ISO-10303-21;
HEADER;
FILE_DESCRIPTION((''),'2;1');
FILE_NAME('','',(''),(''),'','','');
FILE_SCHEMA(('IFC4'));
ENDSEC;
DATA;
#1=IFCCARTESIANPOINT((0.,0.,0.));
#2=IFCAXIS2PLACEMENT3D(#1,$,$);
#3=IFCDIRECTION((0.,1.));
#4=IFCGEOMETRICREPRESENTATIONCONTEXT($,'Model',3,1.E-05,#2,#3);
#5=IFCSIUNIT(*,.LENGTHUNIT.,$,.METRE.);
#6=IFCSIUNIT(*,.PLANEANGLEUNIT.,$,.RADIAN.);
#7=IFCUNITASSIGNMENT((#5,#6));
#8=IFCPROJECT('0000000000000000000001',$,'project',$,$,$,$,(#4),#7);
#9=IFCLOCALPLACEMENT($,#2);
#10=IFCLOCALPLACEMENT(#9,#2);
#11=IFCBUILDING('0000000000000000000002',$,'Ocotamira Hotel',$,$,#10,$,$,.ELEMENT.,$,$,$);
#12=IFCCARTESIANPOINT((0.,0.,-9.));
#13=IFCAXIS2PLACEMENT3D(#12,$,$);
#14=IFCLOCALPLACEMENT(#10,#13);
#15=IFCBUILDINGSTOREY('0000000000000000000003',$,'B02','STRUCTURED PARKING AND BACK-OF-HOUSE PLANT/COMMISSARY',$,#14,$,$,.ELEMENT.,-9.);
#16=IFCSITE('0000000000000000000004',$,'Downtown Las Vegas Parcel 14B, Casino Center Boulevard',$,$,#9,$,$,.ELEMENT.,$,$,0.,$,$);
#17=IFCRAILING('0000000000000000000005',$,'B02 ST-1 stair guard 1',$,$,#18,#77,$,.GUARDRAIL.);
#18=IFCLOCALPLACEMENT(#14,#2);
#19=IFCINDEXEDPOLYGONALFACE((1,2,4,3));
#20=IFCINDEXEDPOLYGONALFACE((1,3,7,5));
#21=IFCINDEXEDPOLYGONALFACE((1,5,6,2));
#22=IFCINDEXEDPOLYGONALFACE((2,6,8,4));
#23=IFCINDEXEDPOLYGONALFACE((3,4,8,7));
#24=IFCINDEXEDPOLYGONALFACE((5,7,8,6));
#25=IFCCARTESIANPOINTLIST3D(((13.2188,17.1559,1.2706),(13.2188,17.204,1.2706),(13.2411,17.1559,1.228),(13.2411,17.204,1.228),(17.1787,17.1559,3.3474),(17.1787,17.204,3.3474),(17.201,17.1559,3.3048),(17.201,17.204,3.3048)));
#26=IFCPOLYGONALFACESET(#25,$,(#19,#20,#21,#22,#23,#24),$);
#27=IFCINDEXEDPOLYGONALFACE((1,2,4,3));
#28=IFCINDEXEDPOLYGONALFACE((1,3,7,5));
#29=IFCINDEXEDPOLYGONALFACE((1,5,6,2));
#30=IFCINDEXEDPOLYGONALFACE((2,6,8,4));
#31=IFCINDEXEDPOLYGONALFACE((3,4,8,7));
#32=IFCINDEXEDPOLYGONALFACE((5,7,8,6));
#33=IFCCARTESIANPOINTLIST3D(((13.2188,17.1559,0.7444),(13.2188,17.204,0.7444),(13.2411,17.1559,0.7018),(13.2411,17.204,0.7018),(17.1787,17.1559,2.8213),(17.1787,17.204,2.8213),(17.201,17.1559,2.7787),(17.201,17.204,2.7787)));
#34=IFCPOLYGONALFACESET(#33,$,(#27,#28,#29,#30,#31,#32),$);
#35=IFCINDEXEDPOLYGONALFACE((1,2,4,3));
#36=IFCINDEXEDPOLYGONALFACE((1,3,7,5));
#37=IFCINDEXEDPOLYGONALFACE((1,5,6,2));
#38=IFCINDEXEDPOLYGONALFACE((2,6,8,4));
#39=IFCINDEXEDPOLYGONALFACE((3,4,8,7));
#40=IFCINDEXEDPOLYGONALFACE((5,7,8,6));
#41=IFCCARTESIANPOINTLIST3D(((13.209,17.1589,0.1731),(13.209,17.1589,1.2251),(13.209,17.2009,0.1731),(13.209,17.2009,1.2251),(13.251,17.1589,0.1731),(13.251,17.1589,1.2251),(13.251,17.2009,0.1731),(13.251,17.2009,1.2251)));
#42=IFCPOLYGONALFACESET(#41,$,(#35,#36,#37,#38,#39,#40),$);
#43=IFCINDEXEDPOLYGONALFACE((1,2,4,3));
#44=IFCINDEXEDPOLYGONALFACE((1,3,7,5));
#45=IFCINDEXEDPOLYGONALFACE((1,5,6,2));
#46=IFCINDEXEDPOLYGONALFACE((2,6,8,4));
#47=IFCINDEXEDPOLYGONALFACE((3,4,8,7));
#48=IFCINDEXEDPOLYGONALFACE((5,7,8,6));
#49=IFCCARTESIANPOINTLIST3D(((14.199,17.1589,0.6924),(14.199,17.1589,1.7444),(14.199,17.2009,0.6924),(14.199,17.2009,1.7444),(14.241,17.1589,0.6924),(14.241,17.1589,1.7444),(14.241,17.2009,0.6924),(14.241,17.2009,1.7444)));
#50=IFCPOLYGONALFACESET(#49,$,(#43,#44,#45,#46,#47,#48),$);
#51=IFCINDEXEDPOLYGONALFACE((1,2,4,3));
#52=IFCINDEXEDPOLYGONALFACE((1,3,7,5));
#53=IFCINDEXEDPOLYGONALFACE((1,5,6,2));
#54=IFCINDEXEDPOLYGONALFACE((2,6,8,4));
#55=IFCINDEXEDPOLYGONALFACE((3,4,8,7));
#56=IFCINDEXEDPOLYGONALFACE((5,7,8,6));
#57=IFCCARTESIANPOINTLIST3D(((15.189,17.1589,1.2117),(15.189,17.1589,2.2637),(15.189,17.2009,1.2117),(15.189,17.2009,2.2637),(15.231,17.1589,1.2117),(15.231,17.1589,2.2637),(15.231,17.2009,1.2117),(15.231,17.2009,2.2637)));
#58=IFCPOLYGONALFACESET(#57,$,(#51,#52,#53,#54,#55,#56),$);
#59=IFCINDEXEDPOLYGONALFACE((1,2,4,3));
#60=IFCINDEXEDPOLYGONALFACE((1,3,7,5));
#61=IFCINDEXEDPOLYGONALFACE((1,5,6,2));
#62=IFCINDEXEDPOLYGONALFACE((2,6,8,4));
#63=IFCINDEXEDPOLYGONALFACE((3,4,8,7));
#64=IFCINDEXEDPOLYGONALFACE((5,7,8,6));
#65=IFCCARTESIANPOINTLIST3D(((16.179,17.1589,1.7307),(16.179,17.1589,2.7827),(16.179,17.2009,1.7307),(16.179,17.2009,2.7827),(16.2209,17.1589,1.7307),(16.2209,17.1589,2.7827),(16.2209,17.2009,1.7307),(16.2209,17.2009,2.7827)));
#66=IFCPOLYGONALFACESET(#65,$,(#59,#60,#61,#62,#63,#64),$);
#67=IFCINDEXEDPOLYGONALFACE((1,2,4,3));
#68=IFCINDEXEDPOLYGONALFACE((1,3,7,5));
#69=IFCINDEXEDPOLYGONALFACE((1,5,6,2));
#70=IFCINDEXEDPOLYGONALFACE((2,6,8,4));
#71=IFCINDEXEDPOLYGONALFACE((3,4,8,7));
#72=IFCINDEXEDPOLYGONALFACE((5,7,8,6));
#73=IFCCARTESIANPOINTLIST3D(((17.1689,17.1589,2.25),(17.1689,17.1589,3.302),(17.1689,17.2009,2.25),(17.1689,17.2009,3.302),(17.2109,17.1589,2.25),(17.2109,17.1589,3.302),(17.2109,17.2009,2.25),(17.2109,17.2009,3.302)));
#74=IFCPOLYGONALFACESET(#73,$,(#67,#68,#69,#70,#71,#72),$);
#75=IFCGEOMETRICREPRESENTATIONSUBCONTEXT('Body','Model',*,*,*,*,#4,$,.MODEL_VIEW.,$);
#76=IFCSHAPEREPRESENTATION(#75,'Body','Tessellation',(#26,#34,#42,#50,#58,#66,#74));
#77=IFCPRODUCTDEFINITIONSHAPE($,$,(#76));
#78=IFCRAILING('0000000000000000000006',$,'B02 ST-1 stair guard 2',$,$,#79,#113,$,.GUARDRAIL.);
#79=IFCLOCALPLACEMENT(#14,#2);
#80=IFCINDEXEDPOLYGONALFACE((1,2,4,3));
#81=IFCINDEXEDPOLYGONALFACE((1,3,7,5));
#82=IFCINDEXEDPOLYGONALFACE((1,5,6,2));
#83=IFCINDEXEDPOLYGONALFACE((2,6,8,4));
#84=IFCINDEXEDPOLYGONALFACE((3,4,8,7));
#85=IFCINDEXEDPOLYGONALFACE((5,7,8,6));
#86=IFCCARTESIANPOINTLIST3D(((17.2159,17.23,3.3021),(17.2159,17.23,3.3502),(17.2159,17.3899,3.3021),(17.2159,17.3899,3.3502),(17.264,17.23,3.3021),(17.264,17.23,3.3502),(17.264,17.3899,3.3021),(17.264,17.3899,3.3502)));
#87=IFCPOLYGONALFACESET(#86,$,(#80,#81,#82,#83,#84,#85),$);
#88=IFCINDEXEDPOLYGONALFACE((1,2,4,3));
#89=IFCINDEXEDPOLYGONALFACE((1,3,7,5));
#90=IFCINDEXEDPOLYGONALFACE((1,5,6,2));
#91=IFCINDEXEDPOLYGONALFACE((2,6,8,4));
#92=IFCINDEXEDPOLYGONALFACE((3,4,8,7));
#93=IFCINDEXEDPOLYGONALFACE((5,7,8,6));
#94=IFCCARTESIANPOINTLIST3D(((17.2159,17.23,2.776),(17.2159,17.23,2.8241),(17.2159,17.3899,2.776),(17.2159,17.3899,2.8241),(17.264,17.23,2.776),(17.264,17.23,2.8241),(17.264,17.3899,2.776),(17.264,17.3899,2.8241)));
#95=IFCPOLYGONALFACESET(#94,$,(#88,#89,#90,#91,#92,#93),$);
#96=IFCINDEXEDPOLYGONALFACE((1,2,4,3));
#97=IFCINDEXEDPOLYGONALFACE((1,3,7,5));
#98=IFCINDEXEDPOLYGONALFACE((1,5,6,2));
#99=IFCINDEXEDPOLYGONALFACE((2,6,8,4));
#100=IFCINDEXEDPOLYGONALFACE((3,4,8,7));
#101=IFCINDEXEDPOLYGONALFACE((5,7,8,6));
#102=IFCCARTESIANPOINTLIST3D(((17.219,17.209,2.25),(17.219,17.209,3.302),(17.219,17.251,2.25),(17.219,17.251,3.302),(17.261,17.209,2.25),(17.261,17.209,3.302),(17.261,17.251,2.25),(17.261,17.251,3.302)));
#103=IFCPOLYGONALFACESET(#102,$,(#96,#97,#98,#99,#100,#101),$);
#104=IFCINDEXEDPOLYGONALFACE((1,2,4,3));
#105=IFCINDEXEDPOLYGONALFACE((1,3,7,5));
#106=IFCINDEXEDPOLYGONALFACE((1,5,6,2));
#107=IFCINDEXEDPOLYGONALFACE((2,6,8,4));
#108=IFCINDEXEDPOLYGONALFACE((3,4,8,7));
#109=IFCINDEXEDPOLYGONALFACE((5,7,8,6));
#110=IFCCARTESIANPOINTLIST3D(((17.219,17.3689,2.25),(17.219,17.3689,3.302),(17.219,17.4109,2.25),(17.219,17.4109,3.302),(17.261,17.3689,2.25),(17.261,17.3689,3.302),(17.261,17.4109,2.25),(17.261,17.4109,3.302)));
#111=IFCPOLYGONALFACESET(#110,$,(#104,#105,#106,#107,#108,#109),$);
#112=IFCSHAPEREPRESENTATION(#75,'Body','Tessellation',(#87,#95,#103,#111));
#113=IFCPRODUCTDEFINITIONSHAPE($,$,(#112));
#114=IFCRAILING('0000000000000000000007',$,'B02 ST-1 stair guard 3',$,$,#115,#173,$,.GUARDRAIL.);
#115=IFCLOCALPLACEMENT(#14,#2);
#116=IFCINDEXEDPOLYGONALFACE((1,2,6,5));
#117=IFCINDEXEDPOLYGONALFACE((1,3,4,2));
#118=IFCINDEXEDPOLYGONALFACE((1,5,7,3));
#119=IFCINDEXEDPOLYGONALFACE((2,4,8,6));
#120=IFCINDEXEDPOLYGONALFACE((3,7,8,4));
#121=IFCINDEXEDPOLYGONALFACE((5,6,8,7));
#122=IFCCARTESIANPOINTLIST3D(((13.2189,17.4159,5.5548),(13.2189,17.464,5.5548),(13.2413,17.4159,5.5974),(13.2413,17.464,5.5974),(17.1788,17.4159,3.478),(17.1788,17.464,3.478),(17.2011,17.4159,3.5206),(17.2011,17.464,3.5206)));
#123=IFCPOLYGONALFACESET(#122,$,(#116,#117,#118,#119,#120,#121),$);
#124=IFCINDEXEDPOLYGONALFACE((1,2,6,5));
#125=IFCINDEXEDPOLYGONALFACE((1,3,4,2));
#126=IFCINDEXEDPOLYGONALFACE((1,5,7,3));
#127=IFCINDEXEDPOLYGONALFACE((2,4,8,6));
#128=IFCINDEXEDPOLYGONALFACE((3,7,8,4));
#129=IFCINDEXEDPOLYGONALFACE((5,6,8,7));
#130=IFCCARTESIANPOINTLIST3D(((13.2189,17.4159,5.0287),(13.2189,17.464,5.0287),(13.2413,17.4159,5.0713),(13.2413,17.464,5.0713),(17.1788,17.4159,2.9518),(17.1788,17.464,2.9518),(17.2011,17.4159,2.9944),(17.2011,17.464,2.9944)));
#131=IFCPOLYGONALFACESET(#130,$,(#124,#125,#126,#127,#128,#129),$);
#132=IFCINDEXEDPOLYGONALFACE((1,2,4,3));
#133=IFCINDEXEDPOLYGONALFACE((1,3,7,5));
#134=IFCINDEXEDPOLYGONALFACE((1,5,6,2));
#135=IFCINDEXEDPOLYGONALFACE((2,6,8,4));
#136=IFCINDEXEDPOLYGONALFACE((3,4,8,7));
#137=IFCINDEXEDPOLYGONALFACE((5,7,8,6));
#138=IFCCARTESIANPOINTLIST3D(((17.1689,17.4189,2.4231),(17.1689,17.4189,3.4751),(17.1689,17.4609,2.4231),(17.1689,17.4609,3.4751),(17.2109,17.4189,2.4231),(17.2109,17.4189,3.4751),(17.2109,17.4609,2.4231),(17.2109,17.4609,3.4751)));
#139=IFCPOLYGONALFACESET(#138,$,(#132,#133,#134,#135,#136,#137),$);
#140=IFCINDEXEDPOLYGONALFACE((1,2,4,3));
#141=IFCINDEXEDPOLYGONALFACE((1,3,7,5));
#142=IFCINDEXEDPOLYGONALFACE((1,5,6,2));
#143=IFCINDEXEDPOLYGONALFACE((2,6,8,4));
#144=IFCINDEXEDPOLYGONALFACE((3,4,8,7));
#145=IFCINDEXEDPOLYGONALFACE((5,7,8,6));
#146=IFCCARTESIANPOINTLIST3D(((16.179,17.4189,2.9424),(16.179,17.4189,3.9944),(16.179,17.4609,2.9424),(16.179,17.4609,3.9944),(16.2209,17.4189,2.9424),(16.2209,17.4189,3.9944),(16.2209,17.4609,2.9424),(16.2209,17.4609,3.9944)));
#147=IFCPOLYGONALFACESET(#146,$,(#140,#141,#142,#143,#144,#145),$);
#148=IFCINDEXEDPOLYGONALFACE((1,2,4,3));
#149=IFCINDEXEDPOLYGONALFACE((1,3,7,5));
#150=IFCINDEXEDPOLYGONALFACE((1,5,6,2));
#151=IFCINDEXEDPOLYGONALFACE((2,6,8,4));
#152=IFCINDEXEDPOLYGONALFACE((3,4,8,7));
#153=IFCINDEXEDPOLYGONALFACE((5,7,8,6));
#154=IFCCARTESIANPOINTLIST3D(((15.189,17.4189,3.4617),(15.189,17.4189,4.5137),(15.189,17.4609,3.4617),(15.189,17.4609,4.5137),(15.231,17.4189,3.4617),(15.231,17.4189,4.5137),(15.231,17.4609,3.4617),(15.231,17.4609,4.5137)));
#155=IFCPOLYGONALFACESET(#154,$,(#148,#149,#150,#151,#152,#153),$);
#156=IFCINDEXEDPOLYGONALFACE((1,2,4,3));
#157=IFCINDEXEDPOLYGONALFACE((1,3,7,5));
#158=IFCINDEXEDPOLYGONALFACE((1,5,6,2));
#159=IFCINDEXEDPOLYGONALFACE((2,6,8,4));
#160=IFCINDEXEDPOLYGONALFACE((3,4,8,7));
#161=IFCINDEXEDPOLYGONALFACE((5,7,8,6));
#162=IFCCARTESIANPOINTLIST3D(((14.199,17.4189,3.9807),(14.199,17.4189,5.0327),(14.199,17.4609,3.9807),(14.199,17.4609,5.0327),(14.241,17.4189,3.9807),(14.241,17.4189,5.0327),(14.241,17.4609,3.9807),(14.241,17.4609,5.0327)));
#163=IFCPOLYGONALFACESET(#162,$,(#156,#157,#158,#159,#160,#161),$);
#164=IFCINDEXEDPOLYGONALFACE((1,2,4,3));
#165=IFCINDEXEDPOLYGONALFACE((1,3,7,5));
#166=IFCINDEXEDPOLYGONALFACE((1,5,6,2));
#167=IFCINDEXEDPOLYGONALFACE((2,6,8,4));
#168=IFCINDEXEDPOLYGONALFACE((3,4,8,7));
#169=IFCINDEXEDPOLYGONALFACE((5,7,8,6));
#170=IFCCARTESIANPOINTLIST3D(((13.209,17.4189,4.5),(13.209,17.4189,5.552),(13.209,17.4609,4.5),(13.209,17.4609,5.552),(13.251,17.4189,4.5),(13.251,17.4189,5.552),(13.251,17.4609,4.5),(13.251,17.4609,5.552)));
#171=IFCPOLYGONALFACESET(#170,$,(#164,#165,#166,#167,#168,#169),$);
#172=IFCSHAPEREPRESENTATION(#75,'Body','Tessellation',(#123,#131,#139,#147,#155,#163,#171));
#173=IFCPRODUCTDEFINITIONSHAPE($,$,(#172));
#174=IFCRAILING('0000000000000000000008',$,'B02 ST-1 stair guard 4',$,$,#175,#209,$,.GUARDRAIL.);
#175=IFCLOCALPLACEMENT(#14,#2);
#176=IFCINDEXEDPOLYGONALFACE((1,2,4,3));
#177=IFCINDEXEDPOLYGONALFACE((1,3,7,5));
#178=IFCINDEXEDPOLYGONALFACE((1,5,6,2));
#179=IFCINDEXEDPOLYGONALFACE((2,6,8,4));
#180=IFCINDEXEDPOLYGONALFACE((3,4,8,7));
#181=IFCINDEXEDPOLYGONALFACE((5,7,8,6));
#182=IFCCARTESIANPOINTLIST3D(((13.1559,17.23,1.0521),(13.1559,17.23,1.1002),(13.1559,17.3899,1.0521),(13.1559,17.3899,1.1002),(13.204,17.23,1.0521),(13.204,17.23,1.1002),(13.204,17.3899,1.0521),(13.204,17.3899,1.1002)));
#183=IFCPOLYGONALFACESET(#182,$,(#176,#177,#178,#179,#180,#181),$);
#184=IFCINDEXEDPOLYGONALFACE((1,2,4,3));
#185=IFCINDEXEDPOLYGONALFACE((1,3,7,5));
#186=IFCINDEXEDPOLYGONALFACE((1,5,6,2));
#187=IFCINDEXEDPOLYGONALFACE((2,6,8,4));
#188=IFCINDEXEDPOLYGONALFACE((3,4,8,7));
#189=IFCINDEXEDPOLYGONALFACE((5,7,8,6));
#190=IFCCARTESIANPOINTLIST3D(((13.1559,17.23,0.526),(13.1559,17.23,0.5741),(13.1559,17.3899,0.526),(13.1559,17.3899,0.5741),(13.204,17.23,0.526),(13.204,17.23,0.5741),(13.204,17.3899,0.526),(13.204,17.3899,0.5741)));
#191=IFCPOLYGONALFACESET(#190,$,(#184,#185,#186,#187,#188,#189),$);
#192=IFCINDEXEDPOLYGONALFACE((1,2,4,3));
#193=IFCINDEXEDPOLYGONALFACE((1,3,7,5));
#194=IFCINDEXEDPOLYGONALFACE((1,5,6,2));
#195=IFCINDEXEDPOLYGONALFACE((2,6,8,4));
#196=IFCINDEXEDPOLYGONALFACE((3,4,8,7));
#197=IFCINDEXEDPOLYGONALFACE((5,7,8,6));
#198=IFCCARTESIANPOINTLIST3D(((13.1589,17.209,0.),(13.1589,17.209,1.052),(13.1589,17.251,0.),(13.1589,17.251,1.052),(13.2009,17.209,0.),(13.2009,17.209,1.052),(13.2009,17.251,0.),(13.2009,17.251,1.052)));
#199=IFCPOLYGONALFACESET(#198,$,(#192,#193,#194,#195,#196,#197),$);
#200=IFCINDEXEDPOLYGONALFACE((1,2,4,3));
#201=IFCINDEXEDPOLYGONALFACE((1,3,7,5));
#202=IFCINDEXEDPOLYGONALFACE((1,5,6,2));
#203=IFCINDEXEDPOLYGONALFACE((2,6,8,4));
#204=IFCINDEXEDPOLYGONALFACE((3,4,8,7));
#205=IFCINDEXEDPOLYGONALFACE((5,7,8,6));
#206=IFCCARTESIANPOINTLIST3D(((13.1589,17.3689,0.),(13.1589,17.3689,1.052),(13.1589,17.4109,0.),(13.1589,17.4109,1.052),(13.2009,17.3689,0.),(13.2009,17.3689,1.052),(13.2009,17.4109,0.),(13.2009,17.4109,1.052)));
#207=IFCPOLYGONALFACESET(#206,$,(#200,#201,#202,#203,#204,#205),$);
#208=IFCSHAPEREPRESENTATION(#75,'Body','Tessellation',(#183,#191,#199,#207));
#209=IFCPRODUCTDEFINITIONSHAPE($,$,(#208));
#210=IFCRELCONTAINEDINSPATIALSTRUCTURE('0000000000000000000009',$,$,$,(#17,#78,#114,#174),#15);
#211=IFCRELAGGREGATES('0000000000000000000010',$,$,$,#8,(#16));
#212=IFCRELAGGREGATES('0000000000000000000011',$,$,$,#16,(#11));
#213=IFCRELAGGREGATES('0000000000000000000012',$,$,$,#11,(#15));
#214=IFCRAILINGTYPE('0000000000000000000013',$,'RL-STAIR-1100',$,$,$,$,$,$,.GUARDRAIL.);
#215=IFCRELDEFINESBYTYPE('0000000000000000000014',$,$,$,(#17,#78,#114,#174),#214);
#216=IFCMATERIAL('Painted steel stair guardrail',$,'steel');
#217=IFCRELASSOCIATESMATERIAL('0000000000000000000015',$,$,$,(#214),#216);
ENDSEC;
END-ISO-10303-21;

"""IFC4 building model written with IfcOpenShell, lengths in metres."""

from ifc_helpers import new_model, si_unit, direction, frame, origin, origin_2d, place, context, subcontext, project, spatial, rectangle, extrude, material, type_object, element, save


model = new_model("IFC4")

# Units and contexts
model_context = context("Model", 3, precision=1e-05, world=origin(), true_north=direction((0.0, 1.0)))
body_context = subcontext(model_context, "Body", "Model", "MODEL_VIEW")
ifc_project = project(units=[si_unit("LENGTHUNIT", "METRE"), si_unit("PLANEANGLEUNIT", "RADIAN")], contexts=[model_context])

# Site, building, storey
site_placement = place(None, origin())
site = spatial("IfcSite", under=ifc_project, at=site_placement, Name="Downtown Las Vegas Parcel 14B, Casino Center Boulevard", CompositionType="ELEMENT", RefElevation=0.0)
building_placement = place(site_placement, origin())
building = spatial("IfcBuilding", under=site, at=building_placement, Name="Ocotamira Hotel", CompositionType="ELEMENT")
storey_placement = place(building_placement, frame((0.0, 0.0, -9.0)))
storey = spatial("IfcBuildingStorey", under=building, at=storey_placement, Name="B02", Description="STRUCTURED PARKING AND BACK-OF-HOUSE PLANT/COMMISSARY", CompositionType="ELEMENT", Elevation=-9.0)

# Railings
ifc_material_1 = material(Name="Painted steel stair guardrail", Category="steel")
railing_type_1 = type_object("IfcRailingType", Name="RL-STAIR-1100", PredefinedType="GUARDRAIL", material=ifc_material_1)
railing_1_placement = place(storey_placement, frame((13.23, 17.1799, 0.1731)))
element("IfcRailing", 1, at=railing_1_placement, inside=storey, type_object=railing_type_1, Name="B02 ST-1 stair guard 1", PredefinedType="GUARDRAIL", context=body_context, shape_type="SweptSolid", body=[
    extrude(rectangle(XDim=0.0481, YDim=0.0481, at=origin_2d()), frame((0.0, 0.0, 1.0762), z_axis=(0.885589, 0.0, 0.46447), x_axis=(0.0, 1.0, 0.0)), (0.0, 0.0, 1.0), 4.4714),
    extrude(rectangle(XDim=0.0481, YDim=0.0481, at=origin_2d()), frame((0.0, 0.0, 0.55), z_axis=(0.885589, 0.0, 0.46447), x_axis=(0.0, 1.0, 0.0)), (0.0, 0.0, 1.0), 4.4714),
    extrude(rectangle(XDim=0.042, YDim=0.042, at=origin_2d()), origin(), (0.0, 0.0, 1.0), 1.052),
    extrude(rectangle(XDim=0.042, YDim=0.042, at=origin_2d()), frame((0.99, 0.0, 0.5193)), (0.0, 0.0, 1.0), 1.052),
    extrude(rectangle(XDim=0.042, YDim=0.042, at=origin_2d()), frame((1.98, 0.0, 1.0386)), (0.0, 0.0, 1.0), 1.052),
    extrude(rectangle(XDim=0.042, YDim=0.042, at=origin_2d()), frame((2.97, 0.0, 1.5576)), (0.0, 0.0, 1.0), 1.052),
    extrude(rectangle(XDim=0.042, YDim=0.042, at=origin_2d()), frame((3.96, 0.0, 2.0769)), (0.0, 0.0, 1.0), 1.052),
])
railing_2_placement = place(storey_placement, frame((17.24, 17.23, 2.25)))
element("IfcRailing", 2, at=railing_2_placement, inside=storey, type_object=railing_type_1, Name="B02 ST-1 stair guard 2", PredefinedType="GUARDRAIL", context=body_context, shape_type="SweptSolid", body=[
    extrude(rectangle(XDim=0.0481, YDim=0.0481, at=origin_2d()), frame((0.0, 0.0, 1.0762), z_axis=(0.0, 1.0, 0.0), x_axis=(-1.0, 0.0, 0.0)), (0.0, 0.0, 1.0), 0.1599),
    extrude(rectangle(XDim=0.0481, YDim=0.0481, at=origin_2d()), frame((0.0, 0.0, 0.55), z_axis=(0.0, 1.0, 0.0), x_axis=(-1.0, 0.0, 0.0)), (0.0, 0.0, 1.0), 0.1599),
    extrude(rectangle(XDim=0.042, YDim=0.042, at=origin_2d()), origin(), (0.0, 0.0, 1.0), 1.052),
    extrude(rectangle(XDim=0.042, YDim=0.042, at=origin_2d()), frame((0.0, 0.1599, 0.0)), (0.0, 0.0, 1.0), 1.052),
])
railing_3_placement = place(storey_placement, frame((17.1899, 17.4399, 2.4231)))
element("IfcRailing", 3, at=railing_3_placement, inside=storey, type_object=railing_type_1, Name="B02 ST-1 stair guard 3", PredefinedType="GUARDRAIL", context=body_context, shape_type="SweptSolid", body=[
    extrude(rectangle(XDim=0.0481, YDim=0.0481, at=origin_2d()), frame((0.0, 0.0, 1.0762), z_axis=(-0.885589, 0.0, 0.46447), x_axis=(0.0, -1.0, 0.0)), (0.0, 0.0, 1.0), 4.4714),
    extrude(rectangle(XDim=0.0481, YDim=0.0481, at=origin_2d()), frame((0.0, 0.0, 0.55), z_axis=(-0.885589, 0.0, 0.46447), x_axis=(0.0, -1.0, 0.0)), (0.0, 0.0, 1.0), 4.4714),
    extrude(rectangle(XDim=0.042, YDim=0.042, at=origin_2d()), origin(), (0.0, 0.0, 1.0), 1.052),
    extrude(rectangle(XDim=0.042, YDim=0.042, at=origin_2d()), frame((-0.99, 0.0, 0.5193)), (0.0, 0.0, 1.0), 1.052),
    extrude(rectangle(XDim=0.042, YDim=0.042, at=origin_2d()), frame((-1.98, 0.0, 1.0386)), (0.0, 0.0, 1.0), 1.052),
    extrude(rectangle(XDim=0.042, YDim=0.042, at=origin_2d()), frame((-2.97, 0.0, 1.5576)), (0.0, 0.0, 1.0), 1.052),
    extrude(rectangle(XDim=0.042, YDim=0.042, at=origin_2d()), frame((-3.96, 0.0, 2.0769)), (0.0, 0.0, 1.0), 1.052),
])
railing_4_placement = place(storey_placement, frame((13.1799, 17.23, 0.0)))
element("IfcRailing", 4, at=railing_4_placement, inside=storey, type_object=railing_type_1, Name="B02 ST-1 stair guard 4", PredefinedType="GUARDRAIL", context=body_context, shape_type="SweptSolid", body=[
    extrude(rectangle(XDim=0.0481, YDim=0.0481, at=origin_2d()), frame((0.0, 0.0, 1.0762), z_axis=(0.0, 1.0, 0.0), x_axis=(-1.0, 0.0, 0.0)), (0.0, 0.0, 1.0), 0.1599),
    extrude(rectangle(XDim=0.0481, YDim=0.0481, at=origin_2d()), frame((0.0, 0.0, 0.55), z_axis=(0.0, 1.0, 0.0), x_axis=(-1.0, 0.0, 0.0)), (0.0, 0.0, 1.0), 0.1599),
    extrude(rectangle(XDim=0.042, YDim=0.042, at=origin_2d()), origin(), (0.0, 0.0, 1.0), 1.052),
    extrude(rectangle(XDim=0.042, YDim=0.042, at=origin_2d()), frame((0.0, 0.1599, 0.0)), (0.0, 0.0, 1.0), 1.052),
])

save(model, "model.ifc")
